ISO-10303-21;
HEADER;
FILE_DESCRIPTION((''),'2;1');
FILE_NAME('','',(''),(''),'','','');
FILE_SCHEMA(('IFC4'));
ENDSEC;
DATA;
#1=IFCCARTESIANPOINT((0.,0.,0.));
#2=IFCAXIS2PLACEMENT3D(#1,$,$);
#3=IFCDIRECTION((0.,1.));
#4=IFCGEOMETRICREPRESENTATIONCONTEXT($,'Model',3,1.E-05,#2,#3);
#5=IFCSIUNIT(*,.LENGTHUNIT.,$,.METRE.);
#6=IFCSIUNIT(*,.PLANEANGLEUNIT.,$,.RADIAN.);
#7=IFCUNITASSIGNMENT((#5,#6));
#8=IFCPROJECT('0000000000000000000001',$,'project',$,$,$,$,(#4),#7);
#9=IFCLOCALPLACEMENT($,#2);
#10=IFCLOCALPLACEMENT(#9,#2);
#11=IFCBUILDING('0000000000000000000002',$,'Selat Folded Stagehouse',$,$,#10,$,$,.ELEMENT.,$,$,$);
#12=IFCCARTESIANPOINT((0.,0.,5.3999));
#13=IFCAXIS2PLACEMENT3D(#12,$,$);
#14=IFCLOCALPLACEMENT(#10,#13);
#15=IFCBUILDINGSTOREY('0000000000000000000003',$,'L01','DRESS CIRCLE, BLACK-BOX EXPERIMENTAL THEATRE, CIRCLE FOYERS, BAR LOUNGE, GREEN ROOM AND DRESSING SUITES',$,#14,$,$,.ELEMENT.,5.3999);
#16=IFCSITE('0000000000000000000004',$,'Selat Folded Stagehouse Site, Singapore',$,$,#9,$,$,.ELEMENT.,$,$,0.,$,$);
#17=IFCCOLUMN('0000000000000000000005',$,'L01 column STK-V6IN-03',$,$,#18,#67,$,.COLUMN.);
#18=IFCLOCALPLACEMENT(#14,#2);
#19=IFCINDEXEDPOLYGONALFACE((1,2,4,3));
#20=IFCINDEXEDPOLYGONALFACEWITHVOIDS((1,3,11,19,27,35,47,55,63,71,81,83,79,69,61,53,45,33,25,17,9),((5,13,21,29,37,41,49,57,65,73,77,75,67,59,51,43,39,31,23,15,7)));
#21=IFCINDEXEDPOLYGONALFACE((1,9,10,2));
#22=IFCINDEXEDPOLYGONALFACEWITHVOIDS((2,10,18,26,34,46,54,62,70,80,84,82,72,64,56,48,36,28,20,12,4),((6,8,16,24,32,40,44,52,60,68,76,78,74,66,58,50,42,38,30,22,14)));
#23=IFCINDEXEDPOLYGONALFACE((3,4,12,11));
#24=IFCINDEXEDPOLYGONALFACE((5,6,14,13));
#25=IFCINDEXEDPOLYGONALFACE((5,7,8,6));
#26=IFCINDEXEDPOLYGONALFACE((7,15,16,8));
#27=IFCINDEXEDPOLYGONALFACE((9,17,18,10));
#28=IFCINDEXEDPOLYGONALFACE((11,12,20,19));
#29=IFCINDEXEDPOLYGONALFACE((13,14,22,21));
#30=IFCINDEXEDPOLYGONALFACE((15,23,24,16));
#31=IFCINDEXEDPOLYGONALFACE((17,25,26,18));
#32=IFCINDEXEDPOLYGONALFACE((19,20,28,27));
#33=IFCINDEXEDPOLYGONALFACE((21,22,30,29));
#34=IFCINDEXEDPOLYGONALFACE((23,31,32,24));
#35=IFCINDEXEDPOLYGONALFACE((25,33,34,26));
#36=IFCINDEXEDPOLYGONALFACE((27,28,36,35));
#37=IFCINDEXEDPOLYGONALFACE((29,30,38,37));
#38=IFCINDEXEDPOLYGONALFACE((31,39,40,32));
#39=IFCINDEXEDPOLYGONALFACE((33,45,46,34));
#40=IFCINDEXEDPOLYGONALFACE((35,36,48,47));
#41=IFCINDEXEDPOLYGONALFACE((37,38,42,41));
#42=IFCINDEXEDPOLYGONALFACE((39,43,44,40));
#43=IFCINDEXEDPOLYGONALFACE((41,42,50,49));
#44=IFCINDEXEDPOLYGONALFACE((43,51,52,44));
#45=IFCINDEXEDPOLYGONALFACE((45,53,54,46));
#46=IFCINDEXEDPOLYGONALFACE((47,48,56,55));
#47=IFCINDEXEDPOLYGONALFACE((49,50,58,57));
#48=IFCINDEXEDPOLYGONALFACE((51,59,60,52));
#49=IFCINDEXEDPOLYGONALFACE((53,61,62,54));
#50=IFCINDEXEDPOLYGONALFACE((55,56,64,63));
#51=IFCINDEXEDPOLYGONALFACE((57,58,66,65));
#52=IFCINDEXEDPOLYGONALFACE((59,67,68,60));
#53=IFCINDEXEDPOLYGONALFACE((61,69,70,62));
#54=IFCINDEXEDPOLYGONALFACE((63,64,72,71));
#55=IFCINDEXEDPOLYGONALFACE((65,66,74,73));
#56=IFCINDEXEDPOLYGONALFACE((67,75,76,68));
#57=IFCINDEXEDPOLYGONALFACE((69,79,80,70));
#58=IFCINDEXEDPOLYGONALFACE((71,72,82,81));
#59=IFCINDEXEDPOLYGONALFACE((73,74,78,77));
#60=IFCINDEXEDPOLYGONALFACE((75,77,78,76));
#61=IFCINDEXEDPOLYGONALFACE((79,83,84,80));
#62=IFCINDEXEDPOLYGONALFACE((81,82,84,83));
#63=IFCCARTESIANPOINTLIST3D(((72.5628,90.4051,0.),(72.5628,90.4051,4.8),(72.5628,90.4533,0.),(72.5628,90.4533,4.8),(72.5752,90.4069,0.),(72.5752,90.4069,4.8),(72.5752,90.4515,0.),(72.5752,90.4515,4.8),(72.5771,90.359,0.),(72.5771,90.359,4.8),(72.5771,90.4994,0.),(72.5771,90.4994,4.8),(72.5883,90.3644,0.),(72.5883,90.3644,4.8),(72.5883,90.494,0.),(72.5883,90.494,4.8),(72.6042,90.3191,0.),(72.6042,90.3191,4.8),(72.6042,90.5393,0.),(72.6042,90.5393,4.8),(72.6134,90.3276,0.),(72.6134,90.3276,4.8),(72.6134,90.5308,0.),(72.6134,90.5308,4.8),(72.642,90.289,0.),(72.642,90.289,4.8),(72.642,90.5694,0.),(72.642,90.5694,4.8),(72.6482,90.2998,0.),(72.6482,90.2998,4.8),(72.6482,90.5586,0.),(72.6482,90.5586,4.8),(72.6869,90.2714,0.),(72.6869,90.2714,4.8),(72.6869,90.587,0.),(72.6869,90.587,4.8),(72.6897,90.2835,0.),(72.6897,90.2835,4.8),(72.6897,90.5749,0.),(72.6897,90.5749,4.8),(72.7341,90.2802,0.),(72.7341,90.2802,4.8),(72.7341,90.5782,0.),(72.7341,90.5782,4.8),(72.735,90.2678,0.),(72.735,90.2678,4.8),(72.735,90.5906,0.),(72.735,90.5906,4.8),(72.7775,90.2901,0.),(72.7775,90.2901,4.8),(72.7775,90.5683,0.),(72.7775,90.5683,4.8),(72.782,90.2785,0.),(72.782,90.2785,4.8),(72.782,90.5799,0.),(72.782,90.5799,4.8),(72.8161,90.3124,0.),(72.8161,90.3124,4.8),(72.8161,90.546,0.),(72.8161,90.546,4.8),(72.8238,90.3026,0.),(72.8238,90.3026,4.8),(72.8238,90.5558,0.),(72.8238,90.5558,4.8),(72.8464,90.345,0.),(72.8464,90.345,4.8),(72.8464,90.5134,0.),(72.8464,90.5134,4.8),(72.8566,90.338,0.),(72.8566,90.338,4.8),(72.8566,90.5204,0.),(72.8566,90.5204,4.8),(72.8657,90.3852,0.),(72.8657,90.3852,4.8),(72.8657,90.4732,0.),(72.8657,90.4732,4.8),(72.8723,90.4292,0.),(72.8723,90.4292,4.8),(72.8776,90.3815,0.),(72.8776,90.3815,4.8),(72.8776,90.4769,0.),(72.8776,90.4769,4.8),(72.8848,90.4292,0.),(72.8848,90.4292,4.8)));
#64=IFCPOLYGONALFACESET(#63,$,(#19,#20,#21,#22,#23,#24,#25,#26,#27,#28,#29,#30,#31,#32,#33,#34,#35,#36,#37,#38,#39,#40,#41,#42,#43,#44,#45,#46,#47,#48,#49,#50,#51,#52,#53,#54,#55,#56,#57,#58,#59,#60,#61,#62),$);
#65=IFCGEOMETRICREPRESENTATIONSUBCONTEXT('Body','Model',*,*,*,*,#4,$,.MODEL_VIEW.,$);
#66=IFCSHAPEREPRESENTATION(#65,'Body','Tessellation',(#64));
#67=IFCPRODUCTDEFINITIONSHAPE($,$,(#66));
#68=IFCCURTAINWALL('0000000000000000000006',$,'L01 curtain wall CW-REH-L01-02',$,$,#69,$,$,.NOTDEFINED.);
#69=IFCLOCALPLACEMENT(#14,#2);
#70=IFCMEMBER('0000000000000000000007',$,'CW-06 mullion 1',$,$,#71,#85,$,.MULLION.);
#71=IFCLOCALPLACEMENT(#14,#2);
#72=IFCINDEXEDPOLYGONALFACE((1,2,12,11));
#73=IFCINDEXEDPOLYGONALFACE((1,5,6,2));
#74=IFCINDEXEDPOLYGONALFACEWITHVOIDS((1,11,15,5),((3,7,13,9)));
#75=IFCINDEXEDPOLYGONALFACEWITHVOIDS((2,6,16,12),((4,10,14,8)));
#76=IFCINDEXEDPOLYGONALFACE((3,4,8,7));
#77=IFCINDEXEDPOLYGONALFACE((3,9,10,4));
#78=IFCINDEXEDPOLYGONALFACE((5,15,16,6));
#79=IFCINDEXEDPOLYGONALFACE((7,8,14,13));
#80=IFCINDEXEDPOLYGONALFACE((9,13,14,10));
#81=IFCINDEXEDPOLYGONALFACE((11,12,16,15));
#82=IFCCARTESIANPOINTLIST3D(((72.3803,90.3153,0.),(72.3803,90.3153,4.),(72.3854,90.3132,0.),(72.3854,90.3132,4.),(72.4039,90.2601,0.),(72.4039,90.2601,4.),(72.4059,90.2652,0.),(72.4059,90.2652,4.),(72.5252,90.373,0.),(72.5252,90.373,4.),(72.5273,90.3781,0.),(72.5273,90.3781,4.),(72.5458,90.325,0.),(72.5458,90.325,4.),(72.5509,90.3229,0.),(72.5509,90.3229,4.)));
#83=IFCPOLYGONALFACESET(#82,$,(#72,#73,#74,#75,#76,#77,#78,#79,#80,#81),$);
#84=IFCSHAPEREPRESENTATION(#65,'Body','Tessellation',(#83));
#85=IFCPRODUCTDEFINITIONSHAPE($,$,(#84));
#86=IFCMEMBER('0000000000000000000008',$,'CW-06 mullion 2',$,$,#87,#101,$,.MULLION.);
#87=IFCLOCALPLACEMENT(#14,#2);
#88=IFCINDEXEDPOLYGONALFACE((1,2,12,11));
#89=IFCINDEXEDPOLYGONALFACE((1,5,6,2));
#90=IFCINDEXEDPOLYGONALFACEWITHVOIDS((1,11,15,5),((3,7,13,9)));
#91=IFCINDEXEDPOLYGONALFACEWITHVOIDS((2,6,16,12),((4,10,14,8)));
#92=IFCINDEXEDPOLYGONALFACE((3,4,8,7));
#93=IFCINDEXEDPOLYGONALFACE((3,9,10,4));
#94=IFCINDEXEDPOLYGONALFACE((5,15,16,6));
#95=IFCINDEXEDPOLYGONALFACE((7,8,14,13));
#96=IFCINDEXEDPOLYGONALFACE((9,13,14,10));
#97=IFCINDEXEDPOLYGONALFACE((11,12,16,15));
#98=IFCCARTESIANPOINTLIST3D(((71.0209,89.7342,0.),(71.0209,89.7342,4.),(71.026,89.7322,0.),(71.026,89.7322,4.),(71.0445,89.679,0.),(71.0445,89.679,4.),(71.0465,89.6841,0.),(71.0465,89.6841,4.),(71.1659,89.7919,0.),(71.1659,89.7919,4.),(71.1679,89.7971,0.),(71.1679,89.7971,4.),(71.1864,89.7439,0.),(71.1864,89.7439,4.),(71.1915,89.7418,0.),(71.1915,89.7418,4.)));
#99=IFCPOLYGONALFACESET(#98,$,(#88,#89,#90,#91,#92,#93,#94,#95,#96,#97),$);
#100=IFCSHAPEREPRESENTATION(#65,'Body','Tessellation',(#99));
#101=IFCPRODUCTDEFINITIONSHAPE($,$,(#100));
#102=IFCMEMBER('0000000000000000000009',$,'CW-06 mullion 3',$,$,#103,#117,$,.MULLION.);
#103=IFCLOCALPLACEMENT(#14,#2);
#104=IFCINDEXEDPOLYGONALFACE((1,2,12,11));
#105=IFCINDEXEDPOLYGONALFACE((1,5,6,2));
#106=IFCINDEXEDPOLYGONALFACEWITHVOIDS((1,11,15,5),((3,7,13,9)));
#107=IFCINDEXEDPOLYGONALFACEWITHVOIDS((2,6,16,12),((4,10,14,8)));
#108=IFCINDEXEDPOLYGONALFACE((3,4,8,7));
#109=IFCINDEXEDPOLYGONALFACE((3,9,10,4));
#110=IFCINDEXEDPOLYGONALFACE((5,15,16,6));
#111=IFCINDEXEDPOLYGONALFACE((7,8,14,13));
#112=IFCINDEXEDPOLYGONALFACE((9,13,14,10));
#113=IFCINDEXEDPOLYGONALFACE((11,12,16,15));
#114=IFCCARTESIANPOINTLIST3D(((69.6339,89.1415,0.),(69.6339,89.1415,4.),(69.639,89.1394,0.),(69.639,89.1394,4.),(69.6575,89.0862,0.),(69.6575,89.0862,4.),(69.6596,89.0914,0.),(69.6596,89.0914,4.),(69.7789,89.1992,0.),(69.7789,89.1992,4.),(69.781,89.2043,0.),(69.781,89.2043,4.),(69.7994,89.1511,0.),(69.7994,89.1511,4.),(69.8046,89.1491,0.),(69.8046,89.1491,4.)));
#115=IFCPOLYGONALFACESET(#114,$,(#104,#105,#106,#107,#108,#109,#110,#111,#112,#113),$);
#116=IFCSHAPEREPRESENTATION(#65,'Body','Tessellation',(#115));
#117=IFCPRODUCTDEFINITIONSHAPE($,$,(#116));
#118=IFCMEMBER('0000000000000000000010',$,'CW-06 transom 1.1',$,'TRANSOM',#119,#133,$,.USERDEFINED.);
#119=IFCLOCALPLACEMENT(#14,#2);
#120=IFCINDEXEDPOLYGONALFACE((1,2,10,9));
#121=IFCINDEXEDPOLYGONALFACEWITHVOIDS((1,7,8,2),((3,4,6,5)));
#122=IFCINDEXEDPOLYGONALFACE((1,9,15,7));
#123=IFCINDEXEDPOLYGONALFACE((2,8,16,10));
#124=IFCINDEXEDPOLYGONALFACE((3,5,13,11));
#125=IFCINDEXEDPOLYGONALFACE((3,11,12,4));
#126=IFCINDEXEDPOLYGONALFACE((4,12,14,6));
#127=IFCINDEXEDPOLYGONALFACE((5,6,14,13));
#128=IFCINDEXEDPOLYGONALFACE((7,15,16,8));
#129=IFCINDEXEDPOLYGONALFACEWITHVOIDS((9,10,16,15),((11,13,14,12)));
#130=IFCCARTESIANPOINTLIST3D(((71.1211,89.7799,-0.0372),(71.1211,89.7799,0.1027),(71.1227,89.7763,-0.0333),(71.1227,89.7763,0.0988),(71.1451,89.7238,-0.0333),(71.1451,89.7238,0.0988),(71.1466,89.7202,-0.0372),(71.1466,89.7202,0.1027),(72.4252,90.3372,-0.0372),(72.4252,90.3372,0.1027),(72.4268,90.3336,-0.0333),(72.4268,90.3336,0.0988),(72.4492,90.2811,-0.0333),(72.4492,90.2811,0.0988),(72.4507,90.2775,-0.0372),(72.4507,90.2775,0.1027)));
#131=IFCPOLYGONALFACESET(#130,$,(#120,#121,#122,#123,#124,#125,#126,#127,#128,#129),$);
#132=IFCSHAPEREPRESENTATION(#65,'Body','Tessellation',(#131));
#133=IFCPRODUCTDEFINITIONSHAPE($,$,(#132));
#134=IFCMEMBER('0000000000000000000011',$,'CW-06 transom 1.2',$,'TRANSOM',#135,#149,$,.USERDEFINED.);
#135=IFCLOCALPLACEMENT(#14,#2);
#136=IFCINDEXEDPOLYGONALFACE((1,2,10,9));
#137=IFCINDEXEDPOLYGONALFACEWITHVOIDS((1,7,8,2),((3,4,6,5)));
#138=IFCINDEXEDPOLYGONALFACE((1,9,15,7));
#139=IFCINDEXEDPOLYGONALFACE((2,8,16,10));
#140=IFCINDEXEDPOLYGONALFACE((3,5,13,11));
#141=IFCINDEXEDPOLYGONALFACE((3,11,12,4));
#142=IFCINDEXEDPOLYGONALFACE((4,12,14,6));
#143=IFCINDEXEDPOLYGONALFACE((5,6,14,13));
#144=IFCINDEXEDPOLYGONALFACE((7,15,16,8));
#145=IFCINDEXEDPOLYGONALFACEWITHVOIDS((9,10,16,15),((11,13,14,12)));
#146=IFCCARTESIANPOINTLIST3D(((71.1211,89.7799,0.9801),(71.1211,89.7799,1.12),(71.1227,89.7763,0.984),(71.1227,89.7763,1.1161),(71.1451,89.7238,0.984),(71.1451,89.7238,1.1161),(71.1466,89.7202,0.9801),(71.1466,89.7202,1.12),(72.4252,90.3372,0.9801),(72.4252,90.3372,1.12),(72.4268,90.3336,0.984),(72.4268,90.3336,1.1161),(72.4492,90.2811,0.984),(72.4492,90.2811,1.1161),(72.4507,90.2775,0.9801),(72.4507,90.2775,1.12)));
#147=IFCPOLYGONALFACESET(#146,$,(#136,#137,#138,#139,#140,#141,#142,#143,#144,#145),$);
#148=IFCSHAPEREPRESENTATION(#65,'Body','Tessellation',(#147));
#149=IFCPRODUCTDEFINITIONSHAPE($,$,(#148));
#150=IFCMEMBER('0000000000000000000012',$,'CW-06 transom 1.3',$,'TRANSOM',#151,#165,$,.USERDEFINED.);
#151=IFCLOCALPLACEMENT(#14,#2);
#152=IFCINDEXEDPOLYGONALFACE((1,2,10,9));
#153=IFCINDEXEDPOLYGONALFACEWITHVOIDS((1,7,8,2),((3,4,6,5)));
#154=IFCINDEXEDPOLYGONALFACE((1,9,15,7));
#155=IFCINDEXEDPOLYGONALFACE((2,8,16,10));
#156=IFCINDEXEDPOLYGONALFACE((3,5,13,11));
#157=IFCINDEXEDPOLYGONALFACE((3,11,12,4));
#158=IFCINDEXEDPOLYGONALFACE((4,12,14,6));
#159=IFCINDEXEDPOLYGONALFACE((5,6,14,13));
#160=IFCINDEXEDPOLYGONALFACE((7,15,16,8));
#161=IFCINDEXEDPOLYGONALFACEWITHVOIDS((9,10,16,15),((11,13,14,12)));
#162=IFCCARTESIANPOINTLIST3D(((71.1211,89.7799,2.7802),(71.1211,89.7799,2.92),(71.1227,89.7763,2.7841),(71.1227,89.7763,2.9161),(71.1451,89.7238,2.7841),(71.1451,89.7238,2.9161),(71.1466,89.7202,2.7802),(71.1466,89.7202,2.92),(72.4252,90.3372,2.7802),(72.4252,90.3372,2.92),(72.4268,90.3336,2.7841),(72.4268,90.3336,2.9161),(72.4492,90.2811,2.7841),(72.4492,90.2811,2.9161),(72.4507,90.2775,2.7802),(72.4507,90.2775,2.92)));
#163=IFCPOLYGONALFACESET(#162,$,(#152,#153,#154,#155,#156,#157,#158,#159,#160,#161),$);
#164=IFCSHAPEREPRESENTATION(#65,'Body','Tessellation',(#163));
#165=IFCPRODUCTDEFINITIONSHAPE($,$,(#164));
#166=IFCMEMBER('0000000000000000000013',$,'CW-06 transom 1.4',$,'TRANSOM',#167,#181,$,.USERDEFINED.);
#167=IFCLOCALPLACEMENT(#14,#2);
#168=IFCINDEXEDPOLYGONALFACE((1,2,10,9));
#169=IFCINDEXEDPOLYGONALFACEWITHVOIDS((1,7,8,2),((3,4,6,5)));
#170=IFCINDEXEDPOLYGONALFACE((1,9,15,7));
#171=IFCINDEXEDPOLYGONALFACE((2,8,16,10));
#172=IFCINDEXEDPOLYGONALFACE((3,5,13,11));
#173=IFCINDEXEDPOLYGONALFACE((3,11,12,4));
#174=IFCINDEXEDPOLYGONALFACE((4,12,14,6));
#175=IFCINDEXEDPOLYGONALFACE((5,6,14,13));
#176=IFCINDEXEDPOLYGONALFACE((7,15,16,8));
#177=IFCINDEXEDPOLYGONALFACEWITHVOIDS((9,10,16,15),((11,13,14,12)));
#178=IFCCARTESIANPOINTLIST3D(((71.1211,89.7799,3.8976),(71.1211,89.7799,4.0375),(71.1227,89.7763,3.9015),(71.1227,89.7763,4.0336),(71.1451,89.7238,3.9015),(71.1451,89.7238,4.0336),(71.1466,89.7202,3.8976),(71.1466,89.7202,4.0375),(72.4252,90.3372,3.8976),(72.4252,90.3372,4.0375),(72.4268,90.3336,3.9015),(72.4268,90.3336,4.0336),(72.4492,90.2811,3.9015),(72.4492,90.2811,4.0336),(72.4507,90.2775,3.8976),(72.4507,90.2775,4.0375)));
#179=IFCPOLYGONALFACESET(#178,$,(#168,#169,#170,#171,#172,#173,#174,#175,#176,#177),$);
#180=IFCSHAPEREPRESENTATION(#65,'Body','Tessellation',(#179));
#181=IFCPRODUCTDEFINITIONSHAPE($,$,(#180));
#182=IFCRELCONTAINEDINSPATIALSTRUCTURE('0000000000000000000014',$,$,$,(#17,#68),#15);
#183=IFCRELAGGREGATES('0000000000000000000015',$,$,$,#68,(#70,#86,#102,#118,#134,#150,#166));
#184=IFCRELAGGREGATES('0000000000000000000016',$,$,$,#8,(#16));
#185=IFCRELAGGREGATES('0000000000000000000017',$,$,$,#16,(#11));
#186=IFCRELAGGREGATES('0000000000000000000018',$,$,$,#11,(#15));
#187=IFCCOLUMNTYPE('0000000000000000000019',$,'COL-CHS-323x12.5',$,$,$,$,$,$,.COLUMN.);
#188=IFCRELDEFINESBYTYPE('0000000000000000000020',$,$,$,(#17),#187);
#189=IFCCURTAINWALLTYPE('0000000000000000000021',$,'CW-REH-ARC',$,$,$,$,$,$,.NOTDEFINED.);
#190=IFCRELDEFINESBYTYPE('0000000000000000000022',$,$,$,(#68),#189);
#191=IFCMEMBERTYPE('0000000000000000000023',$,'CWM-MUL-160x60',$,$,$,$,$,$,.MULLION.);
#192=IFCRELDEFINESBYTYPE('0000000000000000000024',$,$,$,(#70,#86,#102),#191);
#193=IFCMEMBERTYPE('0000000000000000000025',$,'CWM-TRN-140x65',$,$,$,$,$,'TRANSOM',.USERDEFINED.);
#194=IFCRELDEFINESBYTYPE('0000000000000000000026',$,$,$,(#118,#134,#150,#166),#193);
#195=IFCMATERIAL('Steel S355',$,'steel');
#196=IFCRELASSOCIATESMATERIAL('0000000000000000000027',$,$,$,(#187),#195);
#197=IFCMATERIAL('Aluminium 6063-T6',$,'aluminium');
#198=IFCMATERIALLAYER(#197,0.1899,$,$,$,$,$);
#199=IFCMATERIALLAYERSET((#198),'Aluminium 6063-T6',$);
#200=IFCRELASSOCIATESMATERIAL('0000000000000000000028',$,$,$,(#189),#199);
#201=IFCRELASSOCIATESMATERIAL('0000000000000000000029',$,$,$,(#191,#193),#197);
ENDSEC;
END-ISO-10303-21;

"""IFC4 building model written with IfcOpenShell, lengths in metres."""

from ifc_helpers import new_model, si_unit, direction, frame, origin, origin_2d, place, context, subcontext, project, spatial, hollow_rectangle, hollow_circle, extrude, material, layer, layer_set, material_profile, profile_set, type_object, element, aggregate, save


model = new_model("IFC4")

# Units and contexts
model_context = context("Model", 3, precision=1e-05, world=origin(), true_north=direction((0.0, 1.0)))
body_context = subcontext(model_context, "Body", "Model", "MODEL_VIEW")
ifc_project = project(units=[si_unit("LENGTHUNIT", "METRE"), si_unit("PLANEANGLEUNIT", "RADIAN")], contexts=[model_context])

# Site, building, storey
site_placement = place(None, origin())
site = spatial("IfcSite", under=ifc_project, at=site_placement, Name="Selat Folded Stagehouse Site, Singapore", CompositionType="ELEMENT", RefElevation=0.0)
building_placement = place(site_placement, origin())
building = spatial("IfcBuilding", under=site, at=building_placement, Name="Selat Folded Stagehouse", CompositionType="ELEMENT")
storey_placement = place(building_placement, frame((0.0, 0.0, 5.3999)))
storey = spatial("IfcBuildingStorey", under=building, at=storey_placement, Name="L01", Description="DRESS CIRCLE, BLACK-BOX EXPERIMENTAL THEATRE, CIRCLE FOYERS, BAR LOUNGE, GREEN ROOM AND DRESSING SUITES", CompositionType="ELEMENT", Elevation=5.3999)

# Column
ifc_material_1 = material(Name="Steel S355", Category="steel")
ifc_material_profile_1 = material_profile(ifc_material_1, hollow_circle(Radius=0.1619, WallThickness=0.0125, at=origin_2d()), Name="CHS 323.9x12.5")
ifc_profile_set_1 = profile_set([ifc_material_profile_1], Name="Steel S355")
column_type = type_object("IfcColumnType", Name="COL-CHS-323x12.5", PredefinedType="COLUMN", material=ifc_profile_set_1)
column_placement = place(storey_placement, frame((72.7229, 90.4292, 0.0), z_axis=(0.0, 0.0, 1.0), x_axis=(1.0, 0.0, 0.0)))
element("IfcColumn", 1, at=column_placement, inside=storey, type_object=column_type, Name="L01 column STK-V6IN-03", PredefinedType="COLUMN", context=body_context, shape_type="SweptSolid", body=[
    extrude(hollow_circle(Radius=0.1619, WallThickness=0.0125, at=origin_2d()), origin(), (0.0, 0.0, 1.0), 4.8),
])

# Curtain wall, members
ifc_material_2 = material(Name="Aluminium 6063-T6", Category="aluminium")
ifc_layer_1 = layer(ifc_material_2, 0.1899)
ifc_layer_set_1 = layer_set([ifc_layer_1], Name="Aluminium 6063-T6")
curtain_wall_type = type_object("IfcCurtainWallType", Name="CW-REH-ARC", PredefinedType="NOTDEFINED", material=ifc_layer_set_1)
curtain_wall_placement = place(storey_placement, origin())
curtain_wall = element("IfcCurtainWall", 2, at=curtain_wall_placement, inside=storey, type_object=curtain_wall_type, Name="L01 curtain wall CW-REH-L01-02", PredefinedType="NOTDEFINED")
ifc_material_profile_2 = material_profile(ifc_material_2, hollow_rectangle(XDim=0.0601, YDim=0.1599, WallThickness=0.0039, at=origin_2d()), Name="ALU 160x60x4.0")
ifc_profile_set_2 = profile_set([ifc_material_profile_2], Name="Aluminium 6063-T6")
member_type_1 = type_object("IfcMemberType", Name="CWM-MUL-160x60", PredefinedType="MULLION", material=ifc_profile_set_2)
member_1_placement = place(storey_placement, frame((72.4656, 90.3191, 0.0), z_axis=(0.0, 0.0, 1.0), x_axis=(0.393012, -0.919533, 0.0)))
member_1 = element("IfcMember", 3, at=member_1_placement, type_object=member_type_1, Name="CW-06 mullion 1", PredefinedType="MULLION", context=body_context, shape_type="SweptSolid", body=[
    extrude(hollow_rectangle(XDim=0.0601, YDim=0.1599, WallThickness=0.0039, at=origin_2d()), origin(), (0.0, 0.0, 1.0), 4.0),
])
member_2_placement = place(storey_placement, frame((71.1062, 89.738, 0.0), z_axis=(0.0, 0.0, 1.0), x_axis=(0.393012, -0.919533, 0.0)))
member_2 = element("IfcMember", 4, at=member_2_placement, type_object=member_type_1, Name="CW-06 mullion 2", PredefinedType="MULLION", context=body_context, shape_type="SweptSolid", body=[
    extrude(hollow_rectangle(XDim=0.0601, YDim=0.1599, WallThickness=0.0039, at=origin_2d()), origin(), (0.0, 0.0, 1.0), 4.0),
])
member_3_placement = place(storey_placement, frame((69.7192, 89.1453, 0.0), z_axis=(0.0, 0.0, 1.0), x_axis=(0.393012, -0.919533, 0.0)))
member_3 = element("IfcMember", 5, at=member_3_placement, type_object=member_type_1, Name="CW-06 mullion 3", PredefinedType="MULLION", context=body_context, shape_type="SweptSolid", body=[
    extrude(hollow_rectangle(XDim=0.0601, YDim=0.1599, WallThickness=0.0039, at=origin_2d()), origin(), (0.0, 0.0, 1.0), 4.0),
])
ifc_material_profile_3 = material_profile(ifc_material_2, hollow_rectangle(XDim=0.0649, YDim=0.1399, WallThickness=0.0039, at=origin_2d()), Name="ALU 140x65x4.0")
ifc_profile_set_3 = profile_set([ifc_material_profile_3], Name="Aluminium 6063-T6")
member_type_2 = type_object("IfcMemberType", Name="CWM-TRN-140x65", ElementType="TRANSOM", PredefinedType="USERDEFINED", material=ifc_profile_set_3)
member_4_placement = place(storey_placement, frame((72.438, 90.3074, 0.0327), z_axis=(-0.919545, -0.392984, 0.0), x_axis=(0.392984, -0.919545, 0.0)))
member_4 = element("IfcMember", 6, at=member_4_placement, type_object=member_type_2, Name="CW-06 transom 1.1", ObjectType="TRANSOM", PredefinedType="USERDEFINED", context=body_context, shape_type="SweptSolid", body=[
    extrude(hollow_rectangle(XDim=0.0649, YDim=0.1399, WallThickness=0.0039, at=origin_2d()), origin(), (0.0, 0.0, 1.0), 1.4182),
])
member_5_placement = place(storey_placement, frame((72.438, 90.3074, 1.05), z_axis=(-0.919545, -0.392984, 0.0), x_axis=(0.392984, -0.919545, 0.0)))
member_5 = element("IfcMember", 7, at=member_5_placement, type_object=member_type_2, Name="CW-06 transom 1.2", ObjectType="TRANSOM", PredefinedType="USERDEFINED", context=body_context, shape_type="SweptSolid", body=[
    extrude(hollow_rectangle(XDim=0.0649, YDim=0.1399, WallThickness=0.0039, at=origin_2d()), origin(), (0.0, 0.0, 1.0), 1.4182),
])
member_6_placement = place(storey_placement, frame((72.438, 90.3074, 2.8501), z_axis=(-0.919545, -0.392984, 0.0), x_axis=(0.392984, -0.919545, 0.0)))
member_6 = element("IfcMember", 8, at=member_6_placement, type_object=member_type_2, Name="CW-06 transom 1.3", ObjectType="TRANSOM", PredefinedType="USERDEFINED", context=body_context, shape_type="SweptSolid", body=[
    extrude(hollow_rectangle(XDim=0.0649, YDim=0.1399, WallThickness=0.0039, at=origin_2d()), origin(), (0.0, 0.0, 1.0), 1.4182),
])
member_7_placement = place(storey_placement, frame((72.438, 90.3074, 3.9675), z_axis=(-0.919545, -0.392984, 0.0), x_axis=(0.392984, -0.919545, 0.0)))
member_7 = element("IfcMember", 9, at=member_7_placement, type_object=member_type_2, Name="CW-06 transom 1.4", ObjectType="TRANSOM", PredefinedType="USERDEFINED", context=body_context, shape_type="SweptSolid", body=[
    extrude(hollow_rectangle(XDim=0.0649, YDim=0.1399, WallThickness=0.0039, at=origin_2d()), origin(), (0.0, 0.0, 1.0), 1.4182),
])

aggregate(curtain_wall, [member_1, member_2, member_3, member_4, member_5, member_6, member_7])

save(model, "model.ifc")
